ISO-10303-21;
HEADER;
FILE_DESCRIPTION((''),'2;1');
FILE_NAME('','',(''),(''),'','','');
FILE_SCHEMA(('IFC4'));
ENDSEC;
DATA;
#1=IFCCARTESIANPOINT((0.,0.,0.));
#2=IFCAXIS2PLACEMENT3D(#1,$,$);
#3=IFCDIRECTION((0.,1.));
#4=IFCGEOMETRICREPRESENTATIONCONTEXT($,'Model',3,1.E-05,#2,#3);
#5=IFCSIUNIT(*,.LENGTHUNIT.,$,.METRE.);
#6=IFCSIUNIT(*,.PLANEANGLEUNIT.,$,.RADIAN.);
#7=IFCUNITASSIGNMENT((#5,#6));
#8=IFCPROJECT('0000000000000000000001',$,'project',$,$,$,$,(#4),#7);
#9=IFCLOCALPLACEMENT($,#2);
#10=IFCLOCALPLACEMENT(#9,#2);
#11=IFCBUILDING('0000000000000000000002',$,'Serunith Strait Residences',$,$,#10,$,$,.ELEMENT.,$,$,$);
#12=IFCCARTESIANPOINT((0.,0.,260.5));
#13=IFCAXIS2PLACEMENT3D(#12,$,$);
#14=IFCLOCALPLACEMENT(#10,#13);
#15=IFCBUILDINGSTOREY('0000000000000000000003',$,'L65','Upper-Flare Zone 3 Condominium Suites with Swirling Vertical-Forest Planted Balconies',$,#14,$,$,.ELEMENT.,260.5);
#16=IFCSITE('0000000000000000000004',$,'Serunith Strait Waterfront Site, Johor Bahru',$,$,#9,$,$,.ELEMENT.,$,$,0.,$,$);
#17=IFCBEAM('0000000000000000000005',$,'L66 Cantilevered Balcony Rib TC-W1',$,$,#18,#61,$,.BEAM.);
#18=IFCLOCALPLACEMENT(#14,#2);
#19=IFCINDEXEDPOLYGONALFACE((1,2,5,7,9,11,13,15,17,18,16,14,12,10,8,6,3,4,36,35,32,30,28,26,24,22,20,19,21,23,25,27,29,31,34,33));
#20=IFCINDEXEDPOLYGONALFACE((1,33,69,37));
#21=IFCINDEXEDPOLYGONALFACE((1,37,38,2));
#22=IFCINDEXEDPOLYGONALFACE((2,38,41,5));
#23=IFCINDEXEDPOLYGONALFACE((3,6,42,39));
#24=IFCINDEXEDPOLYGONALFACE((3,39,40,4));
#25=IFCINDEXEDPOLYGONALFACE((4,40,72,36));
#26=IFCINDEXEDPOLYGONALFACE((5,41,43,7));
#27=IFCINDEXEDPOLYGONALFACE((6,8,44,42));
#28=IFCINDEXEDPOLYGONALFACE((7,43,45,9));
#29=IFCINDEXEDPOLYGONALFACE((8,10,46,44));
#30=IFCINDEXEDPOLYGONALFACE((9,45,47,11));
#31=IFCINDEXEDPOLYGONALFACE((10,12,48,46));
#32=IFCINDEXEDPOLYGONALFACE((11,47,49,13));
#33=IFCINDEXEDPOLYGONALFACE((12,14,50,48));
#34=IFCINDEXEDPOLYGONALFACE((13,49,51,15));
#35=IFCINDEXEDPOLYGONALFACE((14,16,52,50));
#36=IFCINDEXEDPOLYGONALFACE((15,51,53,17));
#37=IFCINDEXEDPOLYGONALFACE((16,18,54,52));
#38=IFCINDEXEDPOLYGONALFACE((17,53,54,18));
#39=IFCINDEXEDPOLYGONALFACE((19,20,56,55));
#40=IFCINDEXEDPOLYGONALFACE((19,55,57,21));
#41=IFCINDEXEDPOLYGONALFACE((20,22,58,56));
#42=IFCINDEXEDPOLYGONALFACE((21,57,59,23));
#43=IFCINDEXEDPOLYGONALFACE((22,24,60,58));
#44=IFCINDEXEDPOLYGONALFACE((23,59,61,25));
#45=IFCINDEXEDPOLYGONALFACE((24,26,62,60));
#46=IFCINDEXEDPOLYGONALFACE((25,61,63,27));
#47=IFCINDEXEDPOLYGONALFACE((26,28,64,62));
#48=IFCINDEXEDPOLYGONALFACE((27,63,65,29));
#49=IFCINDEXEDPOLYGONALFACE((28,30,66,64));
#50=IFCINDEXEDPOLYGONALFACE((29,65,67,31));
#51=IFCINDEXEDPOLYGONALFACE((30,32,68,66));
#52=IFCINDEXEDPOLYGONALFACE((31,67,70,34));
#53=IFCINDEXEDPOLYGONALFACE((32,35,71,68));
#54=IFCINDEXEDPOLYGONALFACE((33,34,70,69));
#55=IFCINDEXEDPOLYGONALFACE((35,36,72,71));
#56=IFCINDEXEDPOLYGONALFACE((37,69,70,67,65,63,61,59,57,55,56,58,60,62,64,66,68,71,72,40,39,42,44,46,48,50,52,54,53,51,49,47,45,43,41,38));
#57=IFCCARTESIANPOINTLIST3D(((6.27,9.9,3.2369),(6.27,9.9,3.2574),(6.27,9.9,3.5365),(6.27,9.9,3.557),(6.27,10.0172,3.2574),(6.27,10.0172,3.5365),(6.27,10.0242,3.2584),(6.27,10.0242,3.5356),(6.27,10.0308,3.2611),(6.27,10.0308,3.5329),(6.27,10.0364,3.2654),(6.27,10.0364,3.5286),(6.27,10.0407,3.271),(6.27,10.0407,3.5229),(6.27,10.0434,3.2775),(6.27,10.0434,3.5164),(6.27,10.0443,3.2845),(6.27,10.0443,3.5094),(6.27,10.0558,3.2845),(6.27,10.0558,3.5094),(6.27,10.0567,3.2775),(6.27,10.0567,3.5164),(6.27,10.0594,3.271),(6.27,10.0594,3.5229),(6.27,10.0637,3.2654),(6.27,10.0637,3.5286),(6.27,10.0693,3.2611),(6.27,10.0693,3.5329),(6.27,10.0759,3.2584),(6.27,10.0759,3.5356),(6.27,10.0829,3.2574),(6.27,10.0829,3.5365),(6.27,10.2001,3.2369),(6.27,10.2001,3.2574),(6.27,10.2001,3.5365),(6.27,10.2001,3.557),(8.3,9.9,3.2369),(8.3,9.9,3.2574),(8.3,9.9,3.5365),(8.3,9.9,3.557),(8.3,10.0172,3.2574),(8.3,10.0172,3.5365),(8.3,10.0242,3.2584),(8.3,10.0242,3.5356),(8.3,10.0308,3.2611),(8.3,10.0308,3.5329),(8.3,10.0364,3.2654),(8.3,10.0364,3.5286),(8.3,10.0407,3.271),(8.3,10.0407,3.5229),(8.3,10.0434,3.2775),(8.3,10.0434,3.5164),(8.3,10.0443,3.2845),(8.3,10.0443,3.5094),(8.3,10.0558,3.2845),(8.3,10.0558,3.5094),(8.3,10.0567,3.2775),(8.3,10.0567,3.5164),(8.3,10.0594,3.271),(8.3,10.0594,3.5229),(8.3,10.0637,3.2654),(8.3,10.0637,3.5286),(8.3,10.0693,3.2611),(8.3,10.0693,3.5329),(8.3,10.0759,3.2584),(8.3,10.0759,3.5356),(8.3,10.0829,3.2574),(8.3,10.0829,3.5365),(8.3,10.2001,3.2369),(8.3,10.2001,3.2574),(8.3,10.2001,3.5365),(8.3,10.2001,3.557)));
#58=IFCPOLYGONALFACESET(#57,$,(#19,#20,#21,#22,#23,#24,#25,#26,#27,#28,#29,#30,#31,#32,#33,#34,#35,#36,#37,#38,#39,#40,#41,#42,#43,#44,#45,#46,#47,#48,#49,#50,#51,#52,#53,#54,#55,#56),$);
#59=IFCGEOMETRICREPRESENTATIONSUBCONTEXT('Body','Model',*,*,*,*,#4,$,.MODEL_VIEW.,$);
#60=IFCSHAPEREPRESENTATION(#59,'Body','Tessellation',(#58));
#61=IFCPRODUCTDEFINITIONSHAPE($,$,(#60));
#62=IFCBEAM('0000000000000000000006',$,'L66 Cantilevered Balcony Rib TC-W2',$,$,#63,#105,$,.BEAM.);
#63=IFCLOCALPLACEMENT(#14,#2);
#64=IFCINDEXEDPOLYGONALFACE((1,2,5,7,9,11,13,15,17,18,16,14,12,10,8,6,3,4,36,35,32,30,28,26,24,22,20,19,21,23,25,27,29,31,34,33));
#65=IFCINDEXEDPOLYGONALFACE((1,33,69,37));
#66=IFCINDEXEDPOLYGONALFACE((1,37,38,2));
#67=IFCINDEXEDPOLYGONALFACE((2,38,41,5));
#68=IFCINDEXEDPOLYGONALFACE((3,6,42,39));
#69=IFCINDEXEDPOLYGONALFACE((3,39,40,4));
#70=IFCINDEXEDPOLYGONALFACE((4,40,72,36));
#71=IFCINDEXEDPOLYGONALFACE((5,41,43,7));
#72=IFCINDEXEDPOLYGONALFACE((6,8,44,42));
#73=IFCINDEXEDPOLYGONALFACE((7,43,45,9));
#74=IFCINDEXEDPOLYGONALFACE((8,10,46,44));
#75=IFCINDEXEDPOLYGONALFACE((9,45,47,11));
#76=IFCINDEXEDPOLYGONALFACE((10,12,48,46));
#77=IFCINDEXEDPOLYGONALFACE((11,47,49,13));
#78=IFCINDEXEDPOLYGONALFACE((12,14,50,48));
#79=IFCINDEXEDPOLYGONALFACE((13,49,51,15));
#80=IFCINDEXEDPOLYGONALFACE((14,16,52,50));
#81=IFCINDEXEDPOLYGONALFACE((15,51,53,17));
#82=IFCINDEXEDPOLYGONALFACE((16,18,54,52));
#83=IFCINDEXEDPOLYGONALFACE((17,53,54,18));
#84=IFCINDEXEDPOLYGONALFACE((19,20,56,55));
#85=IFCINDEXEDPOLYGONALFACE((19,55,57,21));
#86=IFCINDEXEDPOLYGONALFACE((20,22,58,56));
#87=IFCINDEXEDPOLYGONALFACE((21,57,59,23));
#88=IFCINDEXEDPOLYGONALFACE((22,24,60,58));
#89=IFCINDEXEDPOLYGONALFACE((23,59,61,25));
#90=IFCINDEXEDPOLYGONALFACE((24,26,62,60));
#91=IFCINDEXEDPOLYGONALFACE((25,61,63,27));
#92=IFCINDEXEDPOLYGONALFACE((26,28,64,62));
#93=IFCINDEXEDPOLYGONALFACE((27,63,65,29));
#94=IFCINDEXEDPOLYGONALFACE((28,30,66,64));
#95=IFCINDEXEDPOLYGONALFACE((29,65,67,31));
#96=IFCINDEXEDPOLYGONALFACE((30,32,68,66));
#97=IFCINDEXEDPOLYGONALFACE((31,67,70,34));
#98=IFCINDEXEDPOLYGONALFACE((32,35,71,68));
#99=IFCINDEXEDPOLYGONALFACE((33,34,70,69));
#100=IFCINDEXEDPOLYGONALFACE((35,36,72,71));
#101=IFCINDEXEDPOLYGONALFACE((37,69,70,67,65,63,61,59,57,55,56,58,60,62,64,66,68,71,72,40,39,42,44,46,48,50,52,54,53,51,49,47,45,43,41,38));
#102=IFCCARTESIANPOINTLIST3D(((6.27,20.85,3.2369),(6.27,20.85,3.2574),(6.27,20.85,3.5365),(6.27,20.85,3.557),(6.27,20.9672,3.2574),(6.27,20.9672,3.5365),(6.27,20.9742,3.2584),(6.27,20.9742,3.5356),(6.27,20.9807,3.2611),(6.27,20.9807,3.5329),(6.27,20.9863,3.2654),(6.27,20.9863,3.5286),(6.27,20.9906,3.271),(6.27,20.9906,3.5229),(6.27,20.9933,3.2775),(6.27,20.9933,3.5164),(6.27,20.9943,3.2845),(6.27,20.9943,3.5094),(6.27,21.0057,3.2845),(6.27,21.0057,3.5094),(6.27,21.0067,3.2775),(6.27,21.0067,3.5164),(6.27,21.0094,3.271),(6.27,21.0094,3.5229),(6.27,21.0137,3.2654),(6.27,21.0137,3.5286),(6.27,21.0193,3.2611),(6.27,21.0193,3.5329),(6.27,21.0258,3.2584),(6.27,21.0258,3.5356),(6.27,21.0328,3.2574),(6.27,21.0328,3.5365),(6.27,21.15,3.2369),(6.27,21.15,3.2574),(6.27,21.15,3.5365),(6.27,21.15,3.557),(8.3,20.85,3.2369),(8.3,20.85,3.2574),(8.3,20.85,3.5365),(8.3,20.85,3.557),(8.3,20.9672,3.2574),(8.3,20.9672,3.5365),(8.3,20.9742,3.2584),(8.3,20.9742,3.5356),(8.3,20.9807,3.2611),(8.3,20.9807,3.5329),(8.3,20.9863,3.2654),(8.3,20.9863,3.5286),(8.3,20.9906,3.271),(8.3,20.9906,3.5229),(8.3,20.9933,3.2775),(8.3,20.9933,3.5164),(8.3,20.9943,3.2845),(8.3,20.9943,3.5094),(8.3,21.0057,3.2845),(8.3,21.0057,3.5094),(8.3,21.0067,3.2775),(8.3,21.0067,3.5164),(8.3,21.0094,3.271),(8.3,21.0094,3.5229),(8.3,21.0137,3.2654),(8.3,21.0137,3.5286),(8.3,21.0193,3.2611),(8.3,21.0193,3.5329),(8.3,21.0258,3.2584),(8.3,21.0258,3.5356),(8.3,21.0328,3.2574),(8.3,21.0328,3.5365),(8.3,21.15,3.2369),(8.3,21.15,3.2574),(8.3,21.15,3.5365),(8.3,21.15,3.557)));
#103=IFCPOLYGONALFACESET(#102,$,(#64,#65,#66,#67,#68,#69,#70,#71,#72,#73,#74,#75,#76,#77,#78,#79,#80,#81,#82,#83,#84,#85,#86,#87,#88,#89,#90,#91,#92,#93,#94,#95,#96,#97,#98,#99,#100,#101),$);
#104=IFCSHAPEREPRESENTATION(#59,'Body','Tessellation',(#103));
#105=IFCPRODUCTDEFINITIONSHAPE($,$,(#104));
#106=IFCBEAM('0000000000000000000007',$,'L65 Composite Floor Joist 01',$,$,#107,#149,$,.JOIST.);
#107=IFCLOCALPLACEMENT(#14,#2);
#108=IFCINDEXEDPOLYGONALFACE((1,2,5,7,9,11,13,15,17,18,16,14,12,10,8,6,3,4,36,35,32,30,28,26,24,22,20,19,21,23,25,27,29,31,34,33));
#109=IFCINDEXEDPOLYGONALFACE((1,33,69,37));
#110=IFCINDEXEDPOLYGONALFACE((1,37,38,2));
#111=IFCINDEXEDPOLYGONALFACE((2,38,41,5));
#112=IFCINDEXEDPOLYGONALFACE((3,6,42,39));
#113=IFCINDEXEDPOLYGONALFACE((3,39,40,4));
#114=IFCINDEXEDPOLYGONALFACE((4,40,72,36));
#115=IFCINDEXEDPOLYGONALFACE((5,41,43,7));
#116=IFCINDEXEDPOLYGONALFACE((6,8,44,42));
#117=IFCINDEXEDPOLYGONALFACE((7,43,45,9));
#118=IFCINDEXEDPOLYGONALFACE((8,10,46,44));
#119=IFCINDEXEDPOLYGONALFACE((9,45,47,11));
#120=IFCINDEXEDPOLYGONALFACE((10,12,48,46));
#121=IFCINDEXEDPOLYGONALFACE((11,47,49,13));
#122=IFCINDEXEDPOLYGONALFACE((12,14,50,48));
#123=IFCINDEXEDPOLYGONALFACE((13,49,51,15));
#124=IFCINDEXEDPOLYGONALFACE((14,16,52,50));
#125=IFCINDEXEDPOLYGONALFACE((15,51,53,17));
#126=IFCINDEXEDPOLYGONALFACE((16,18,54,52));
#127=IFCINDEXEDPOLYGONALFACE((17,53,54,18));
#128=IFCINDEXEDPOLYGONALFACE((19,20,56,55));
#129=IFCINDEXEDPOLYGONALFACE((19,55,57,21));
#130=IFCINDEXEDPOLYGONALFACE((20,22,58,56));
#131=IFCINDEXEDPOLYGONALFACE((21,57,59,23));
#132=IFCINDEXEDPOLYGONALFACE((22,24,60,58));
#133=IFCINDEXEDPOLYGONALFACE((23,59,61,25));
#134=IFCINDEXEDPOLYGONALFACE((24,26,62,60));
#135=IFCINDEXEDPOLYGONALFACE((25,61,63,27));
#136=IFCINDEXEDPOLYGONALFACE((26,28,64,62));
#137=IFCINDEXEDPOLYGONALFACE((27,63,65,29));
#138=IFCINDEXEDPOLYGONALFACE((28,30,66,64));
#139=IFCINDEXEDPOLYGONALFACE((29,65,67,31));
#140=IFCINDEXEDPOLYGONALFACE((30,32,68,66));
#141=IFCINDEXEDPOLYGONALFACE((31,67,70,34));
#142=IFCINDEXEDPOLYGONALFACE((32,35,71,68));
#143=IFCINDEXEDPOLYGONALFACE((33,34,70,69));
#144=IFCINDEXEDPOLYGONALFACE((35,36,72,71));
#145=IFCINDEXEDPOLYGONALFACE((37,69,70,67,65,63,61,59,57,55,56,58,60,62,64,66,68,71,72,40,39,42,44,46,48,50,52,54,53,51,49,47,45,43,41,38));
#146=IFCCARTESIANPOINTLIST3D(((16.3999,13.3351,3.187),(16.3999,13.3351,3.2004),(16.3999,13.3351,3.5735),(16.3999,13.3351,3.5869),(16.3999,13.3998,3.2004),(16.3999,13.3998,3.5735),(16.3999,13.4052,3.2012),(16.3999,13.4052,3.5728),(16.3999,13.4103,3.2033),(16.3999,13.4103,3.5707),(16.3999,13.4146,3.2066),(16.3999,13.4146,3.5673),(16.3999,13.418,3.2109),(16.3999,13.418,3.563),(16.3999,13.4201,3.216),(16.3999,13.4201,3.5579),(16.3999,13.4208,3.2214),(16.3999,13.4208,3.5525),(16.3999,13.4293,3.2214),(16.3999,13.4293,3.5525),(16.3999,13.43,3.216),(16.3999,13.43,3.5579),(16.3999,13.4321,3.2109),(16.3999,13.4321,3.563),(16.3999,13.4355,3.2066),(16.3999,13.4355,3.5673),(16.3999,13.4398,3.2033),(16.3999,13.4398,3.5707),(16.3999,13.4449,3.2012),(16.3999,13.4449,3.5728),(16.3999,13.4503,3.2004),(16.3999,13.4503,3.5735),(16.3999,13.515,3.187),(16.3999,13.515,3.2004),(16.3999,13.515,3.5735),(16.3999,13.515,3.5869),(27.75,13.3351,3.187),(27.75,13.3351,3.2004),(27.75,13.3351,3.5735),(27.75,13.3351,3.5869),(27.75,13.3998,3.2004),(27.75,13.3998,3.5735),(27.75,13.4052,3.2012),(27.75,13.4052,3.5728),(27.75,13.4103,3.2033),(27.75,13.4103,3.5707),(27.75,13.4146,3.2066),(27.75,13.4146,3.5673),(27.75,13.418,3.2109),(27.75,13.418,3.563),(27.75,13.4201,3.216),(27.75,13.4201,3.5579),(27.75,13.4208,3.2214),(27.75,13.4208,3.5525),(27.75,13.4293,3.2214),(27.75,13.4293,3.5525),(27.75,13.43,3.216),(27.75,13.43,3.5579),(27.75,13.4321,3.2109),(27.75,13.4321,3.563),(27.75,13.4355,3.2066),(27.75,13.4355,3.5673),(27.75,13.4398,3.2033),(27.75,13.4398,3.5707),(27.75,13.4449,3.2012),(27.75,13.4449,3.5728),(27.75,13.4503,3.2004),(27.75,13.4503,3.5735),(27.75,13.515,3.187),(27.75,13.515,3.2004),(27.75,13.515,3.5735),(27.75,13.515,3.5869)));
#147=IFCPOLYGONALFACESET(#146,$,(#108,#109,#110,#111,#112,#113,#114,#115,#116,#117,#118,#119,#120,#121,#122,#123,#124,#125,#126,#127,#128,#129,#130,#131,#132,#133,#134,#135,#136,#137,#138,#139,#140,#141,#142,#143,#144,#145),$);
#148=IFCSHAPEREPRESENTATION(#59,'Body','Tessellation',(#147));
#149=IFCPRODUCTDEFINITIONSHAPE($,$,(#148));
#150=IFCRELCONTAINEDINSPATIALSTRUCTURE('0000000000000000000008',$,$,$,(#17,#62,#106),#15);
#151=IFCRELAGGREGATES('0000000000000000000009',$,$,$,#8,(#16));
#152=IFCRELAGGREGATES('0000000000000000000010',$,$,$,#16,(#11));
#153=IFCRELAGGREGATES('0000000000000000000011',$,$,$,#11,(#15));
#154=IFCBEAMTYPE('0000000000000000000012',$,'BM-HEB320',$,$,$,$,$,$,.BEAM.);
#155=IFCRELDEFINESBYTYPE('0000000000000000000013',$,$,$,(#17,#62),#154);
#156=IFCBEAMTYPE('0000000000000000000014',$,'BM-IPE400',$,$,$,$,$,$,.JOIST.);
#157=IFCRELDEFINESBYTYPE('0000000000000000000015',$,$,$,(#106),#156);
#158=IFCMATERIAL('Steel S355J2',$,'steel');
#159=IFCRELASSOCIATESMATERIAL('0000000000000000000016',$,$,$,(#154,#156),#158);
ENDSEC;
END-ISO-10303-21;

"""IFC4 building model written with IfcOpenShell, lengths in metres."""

from ifc_helpers import new_model, si_unit, direction, frame, origin, origin_2d, place, context, subcontext, project, spatial, i_section, extrude, source, transform, mapped, material, material_profile, profile_set, type_object, element, save


model = new_model("IFC4")

# Units and contexts
model_context = context("Model", 3, precision=1e-05, world=origin(), true_north=direction((0.0, 1.0)))
body_context = subcontext(model_context, "Body", "Model", "MODEL_VIEW")
ifc_project = project(units=[si_unit("LENGTHUNIT", "METRE"), si_unit("PLANEANGLEUNIT", "RADIAN")], contexts=[model_context])

# Site, building, storey
site_placement = place(None, origin())
site = spatial("IfcSite", under=ifc_project, at=site_placement, Name="Serunith Strait Waterfront Site, Johor Bahru", CompositionType="ELEMENT", RefElevation=0.0)
building_placement = place(site_placement, origin())
building = spatial("IfcBuilding", under=site, at=building_placement, Name="Serunith Strait Residences", CompositionType="ELEMENT")
storey_placement = place(building_placement, frame((0.0, 0.0, 260.5)))
storey = spatial("IfcBuildingStorey", under=building, at=storey_placement, Name="L65", Description="Upper-Flare Zone 3 Condominium Suites with Swirling Vertical-Forest Planted Balconies", CompositionType="ELEMENT", Elevation=260.5)

# Beams
ifc_material_1 = material(Name="Steel S355J2", Category="steel")
ifc_material_profile_1 = material_profile(ifc_material_1, i_section(OverallWidth=0.3, OverallDepth=0.3201, WebThickness=0.0115, FlangeThickness=0.0205, FilletRadius=0.0271, at=origin_2d()), Name="HEB 320")
ifc_profile_set_1 = profile_set([ifc_material_profile_1], Name="Steel S355J2")
beam_type_1 = type_object("IfcBeamType", Name="BM-HEB320", PredefinedType="BEAM", material=ifc_profile_set_1)
shared_shape_1 = source(origin(), body_context, "Body", "SweptSolid", [
    extrude(i_section(OverallWidth=0.3, OverallDepth=0.3201, WebThickness=0.0115, FlangeThickness=0.0205, FilletRadius=0.0271, at=origin_2d()), origin(), (0.0, 0.0, 1.0), 2.03),
])
for number, where, z_axis, x_axis, name in (
    (1, (8.3, 10.05, 3.397), (-1.0, 0.0, 0.0), (0.0, -1.0, 0.0), "L66 Cantilevered Balcony Rib TC-W1"),
    (2, (8.3, 21.0, 3.397), (-1.0, 0.0, 0.0), (0.0, -1.0, 0.0), "L66 Cantilevered Balcony Rib TC-W2"),
):
    element("IfcBeam", number, at=place(storey_placement, frame(where, z_axis=z_axis, x_axis=x_axis)), inside=storey, type_object=beam_type_1, Name=name, PredefinedType="BEAM", context=body_context, shape_type="MappedRepresentation", body=[
        mapped(shared_shape_1, transform((0.0, 0.0, 0.0), scale=1.0)),
    ])
ifc_material_profile_2 = material_profile(ifc_material_1, i_section(OverallWidth=0.1799, OverallDepth=0.3999, WebThickness=0.0085, FlangeThickness=0.0134, FilletRadius=0.021, at=origin_2d()), Name="IPE 400")
ifc_profile_set_2 = profile_set([ifc_material_profile_2], Name="Steel S355J2")
beam_type_2 = type_object("IfcBeamType", Name="BM-IPE400", PredefinedType="JOIST", material=ifc_profile_set_2)
shared_shape_2 = source(origin(), body_context, "Body", "SweptSolid", [
    extrude(i_section(OverallWidth=0.1799, OverallDepth=0.3999, WebThickness=0.0085, FlangeThickness=0.0134, FilletRadius=0.021, at=origin_2d()), origin(), (0.0, 0.0, 1.0), 11.3501),
])
beam_1_placement = place(storey_placement, frame((16.3999, 13.425, 3.387), z_axis=(1.0, 0.0, 0.0), x_axis=(0.0, 1.0, 0.0)))
element("IfcBeam", 3, at=beam_1_placement, inside=storey, type_object=beam_type_2, Name="L65 Composite Floor Joist 01", PredefinedType="JOIST", context=body_context, shape_type="MappedRepresentation", body=[
    mapped(shared_shape_2, transform((0.0, 0.0, 0.0), scale=1.0)),
])

save(model, "model.ifc")
